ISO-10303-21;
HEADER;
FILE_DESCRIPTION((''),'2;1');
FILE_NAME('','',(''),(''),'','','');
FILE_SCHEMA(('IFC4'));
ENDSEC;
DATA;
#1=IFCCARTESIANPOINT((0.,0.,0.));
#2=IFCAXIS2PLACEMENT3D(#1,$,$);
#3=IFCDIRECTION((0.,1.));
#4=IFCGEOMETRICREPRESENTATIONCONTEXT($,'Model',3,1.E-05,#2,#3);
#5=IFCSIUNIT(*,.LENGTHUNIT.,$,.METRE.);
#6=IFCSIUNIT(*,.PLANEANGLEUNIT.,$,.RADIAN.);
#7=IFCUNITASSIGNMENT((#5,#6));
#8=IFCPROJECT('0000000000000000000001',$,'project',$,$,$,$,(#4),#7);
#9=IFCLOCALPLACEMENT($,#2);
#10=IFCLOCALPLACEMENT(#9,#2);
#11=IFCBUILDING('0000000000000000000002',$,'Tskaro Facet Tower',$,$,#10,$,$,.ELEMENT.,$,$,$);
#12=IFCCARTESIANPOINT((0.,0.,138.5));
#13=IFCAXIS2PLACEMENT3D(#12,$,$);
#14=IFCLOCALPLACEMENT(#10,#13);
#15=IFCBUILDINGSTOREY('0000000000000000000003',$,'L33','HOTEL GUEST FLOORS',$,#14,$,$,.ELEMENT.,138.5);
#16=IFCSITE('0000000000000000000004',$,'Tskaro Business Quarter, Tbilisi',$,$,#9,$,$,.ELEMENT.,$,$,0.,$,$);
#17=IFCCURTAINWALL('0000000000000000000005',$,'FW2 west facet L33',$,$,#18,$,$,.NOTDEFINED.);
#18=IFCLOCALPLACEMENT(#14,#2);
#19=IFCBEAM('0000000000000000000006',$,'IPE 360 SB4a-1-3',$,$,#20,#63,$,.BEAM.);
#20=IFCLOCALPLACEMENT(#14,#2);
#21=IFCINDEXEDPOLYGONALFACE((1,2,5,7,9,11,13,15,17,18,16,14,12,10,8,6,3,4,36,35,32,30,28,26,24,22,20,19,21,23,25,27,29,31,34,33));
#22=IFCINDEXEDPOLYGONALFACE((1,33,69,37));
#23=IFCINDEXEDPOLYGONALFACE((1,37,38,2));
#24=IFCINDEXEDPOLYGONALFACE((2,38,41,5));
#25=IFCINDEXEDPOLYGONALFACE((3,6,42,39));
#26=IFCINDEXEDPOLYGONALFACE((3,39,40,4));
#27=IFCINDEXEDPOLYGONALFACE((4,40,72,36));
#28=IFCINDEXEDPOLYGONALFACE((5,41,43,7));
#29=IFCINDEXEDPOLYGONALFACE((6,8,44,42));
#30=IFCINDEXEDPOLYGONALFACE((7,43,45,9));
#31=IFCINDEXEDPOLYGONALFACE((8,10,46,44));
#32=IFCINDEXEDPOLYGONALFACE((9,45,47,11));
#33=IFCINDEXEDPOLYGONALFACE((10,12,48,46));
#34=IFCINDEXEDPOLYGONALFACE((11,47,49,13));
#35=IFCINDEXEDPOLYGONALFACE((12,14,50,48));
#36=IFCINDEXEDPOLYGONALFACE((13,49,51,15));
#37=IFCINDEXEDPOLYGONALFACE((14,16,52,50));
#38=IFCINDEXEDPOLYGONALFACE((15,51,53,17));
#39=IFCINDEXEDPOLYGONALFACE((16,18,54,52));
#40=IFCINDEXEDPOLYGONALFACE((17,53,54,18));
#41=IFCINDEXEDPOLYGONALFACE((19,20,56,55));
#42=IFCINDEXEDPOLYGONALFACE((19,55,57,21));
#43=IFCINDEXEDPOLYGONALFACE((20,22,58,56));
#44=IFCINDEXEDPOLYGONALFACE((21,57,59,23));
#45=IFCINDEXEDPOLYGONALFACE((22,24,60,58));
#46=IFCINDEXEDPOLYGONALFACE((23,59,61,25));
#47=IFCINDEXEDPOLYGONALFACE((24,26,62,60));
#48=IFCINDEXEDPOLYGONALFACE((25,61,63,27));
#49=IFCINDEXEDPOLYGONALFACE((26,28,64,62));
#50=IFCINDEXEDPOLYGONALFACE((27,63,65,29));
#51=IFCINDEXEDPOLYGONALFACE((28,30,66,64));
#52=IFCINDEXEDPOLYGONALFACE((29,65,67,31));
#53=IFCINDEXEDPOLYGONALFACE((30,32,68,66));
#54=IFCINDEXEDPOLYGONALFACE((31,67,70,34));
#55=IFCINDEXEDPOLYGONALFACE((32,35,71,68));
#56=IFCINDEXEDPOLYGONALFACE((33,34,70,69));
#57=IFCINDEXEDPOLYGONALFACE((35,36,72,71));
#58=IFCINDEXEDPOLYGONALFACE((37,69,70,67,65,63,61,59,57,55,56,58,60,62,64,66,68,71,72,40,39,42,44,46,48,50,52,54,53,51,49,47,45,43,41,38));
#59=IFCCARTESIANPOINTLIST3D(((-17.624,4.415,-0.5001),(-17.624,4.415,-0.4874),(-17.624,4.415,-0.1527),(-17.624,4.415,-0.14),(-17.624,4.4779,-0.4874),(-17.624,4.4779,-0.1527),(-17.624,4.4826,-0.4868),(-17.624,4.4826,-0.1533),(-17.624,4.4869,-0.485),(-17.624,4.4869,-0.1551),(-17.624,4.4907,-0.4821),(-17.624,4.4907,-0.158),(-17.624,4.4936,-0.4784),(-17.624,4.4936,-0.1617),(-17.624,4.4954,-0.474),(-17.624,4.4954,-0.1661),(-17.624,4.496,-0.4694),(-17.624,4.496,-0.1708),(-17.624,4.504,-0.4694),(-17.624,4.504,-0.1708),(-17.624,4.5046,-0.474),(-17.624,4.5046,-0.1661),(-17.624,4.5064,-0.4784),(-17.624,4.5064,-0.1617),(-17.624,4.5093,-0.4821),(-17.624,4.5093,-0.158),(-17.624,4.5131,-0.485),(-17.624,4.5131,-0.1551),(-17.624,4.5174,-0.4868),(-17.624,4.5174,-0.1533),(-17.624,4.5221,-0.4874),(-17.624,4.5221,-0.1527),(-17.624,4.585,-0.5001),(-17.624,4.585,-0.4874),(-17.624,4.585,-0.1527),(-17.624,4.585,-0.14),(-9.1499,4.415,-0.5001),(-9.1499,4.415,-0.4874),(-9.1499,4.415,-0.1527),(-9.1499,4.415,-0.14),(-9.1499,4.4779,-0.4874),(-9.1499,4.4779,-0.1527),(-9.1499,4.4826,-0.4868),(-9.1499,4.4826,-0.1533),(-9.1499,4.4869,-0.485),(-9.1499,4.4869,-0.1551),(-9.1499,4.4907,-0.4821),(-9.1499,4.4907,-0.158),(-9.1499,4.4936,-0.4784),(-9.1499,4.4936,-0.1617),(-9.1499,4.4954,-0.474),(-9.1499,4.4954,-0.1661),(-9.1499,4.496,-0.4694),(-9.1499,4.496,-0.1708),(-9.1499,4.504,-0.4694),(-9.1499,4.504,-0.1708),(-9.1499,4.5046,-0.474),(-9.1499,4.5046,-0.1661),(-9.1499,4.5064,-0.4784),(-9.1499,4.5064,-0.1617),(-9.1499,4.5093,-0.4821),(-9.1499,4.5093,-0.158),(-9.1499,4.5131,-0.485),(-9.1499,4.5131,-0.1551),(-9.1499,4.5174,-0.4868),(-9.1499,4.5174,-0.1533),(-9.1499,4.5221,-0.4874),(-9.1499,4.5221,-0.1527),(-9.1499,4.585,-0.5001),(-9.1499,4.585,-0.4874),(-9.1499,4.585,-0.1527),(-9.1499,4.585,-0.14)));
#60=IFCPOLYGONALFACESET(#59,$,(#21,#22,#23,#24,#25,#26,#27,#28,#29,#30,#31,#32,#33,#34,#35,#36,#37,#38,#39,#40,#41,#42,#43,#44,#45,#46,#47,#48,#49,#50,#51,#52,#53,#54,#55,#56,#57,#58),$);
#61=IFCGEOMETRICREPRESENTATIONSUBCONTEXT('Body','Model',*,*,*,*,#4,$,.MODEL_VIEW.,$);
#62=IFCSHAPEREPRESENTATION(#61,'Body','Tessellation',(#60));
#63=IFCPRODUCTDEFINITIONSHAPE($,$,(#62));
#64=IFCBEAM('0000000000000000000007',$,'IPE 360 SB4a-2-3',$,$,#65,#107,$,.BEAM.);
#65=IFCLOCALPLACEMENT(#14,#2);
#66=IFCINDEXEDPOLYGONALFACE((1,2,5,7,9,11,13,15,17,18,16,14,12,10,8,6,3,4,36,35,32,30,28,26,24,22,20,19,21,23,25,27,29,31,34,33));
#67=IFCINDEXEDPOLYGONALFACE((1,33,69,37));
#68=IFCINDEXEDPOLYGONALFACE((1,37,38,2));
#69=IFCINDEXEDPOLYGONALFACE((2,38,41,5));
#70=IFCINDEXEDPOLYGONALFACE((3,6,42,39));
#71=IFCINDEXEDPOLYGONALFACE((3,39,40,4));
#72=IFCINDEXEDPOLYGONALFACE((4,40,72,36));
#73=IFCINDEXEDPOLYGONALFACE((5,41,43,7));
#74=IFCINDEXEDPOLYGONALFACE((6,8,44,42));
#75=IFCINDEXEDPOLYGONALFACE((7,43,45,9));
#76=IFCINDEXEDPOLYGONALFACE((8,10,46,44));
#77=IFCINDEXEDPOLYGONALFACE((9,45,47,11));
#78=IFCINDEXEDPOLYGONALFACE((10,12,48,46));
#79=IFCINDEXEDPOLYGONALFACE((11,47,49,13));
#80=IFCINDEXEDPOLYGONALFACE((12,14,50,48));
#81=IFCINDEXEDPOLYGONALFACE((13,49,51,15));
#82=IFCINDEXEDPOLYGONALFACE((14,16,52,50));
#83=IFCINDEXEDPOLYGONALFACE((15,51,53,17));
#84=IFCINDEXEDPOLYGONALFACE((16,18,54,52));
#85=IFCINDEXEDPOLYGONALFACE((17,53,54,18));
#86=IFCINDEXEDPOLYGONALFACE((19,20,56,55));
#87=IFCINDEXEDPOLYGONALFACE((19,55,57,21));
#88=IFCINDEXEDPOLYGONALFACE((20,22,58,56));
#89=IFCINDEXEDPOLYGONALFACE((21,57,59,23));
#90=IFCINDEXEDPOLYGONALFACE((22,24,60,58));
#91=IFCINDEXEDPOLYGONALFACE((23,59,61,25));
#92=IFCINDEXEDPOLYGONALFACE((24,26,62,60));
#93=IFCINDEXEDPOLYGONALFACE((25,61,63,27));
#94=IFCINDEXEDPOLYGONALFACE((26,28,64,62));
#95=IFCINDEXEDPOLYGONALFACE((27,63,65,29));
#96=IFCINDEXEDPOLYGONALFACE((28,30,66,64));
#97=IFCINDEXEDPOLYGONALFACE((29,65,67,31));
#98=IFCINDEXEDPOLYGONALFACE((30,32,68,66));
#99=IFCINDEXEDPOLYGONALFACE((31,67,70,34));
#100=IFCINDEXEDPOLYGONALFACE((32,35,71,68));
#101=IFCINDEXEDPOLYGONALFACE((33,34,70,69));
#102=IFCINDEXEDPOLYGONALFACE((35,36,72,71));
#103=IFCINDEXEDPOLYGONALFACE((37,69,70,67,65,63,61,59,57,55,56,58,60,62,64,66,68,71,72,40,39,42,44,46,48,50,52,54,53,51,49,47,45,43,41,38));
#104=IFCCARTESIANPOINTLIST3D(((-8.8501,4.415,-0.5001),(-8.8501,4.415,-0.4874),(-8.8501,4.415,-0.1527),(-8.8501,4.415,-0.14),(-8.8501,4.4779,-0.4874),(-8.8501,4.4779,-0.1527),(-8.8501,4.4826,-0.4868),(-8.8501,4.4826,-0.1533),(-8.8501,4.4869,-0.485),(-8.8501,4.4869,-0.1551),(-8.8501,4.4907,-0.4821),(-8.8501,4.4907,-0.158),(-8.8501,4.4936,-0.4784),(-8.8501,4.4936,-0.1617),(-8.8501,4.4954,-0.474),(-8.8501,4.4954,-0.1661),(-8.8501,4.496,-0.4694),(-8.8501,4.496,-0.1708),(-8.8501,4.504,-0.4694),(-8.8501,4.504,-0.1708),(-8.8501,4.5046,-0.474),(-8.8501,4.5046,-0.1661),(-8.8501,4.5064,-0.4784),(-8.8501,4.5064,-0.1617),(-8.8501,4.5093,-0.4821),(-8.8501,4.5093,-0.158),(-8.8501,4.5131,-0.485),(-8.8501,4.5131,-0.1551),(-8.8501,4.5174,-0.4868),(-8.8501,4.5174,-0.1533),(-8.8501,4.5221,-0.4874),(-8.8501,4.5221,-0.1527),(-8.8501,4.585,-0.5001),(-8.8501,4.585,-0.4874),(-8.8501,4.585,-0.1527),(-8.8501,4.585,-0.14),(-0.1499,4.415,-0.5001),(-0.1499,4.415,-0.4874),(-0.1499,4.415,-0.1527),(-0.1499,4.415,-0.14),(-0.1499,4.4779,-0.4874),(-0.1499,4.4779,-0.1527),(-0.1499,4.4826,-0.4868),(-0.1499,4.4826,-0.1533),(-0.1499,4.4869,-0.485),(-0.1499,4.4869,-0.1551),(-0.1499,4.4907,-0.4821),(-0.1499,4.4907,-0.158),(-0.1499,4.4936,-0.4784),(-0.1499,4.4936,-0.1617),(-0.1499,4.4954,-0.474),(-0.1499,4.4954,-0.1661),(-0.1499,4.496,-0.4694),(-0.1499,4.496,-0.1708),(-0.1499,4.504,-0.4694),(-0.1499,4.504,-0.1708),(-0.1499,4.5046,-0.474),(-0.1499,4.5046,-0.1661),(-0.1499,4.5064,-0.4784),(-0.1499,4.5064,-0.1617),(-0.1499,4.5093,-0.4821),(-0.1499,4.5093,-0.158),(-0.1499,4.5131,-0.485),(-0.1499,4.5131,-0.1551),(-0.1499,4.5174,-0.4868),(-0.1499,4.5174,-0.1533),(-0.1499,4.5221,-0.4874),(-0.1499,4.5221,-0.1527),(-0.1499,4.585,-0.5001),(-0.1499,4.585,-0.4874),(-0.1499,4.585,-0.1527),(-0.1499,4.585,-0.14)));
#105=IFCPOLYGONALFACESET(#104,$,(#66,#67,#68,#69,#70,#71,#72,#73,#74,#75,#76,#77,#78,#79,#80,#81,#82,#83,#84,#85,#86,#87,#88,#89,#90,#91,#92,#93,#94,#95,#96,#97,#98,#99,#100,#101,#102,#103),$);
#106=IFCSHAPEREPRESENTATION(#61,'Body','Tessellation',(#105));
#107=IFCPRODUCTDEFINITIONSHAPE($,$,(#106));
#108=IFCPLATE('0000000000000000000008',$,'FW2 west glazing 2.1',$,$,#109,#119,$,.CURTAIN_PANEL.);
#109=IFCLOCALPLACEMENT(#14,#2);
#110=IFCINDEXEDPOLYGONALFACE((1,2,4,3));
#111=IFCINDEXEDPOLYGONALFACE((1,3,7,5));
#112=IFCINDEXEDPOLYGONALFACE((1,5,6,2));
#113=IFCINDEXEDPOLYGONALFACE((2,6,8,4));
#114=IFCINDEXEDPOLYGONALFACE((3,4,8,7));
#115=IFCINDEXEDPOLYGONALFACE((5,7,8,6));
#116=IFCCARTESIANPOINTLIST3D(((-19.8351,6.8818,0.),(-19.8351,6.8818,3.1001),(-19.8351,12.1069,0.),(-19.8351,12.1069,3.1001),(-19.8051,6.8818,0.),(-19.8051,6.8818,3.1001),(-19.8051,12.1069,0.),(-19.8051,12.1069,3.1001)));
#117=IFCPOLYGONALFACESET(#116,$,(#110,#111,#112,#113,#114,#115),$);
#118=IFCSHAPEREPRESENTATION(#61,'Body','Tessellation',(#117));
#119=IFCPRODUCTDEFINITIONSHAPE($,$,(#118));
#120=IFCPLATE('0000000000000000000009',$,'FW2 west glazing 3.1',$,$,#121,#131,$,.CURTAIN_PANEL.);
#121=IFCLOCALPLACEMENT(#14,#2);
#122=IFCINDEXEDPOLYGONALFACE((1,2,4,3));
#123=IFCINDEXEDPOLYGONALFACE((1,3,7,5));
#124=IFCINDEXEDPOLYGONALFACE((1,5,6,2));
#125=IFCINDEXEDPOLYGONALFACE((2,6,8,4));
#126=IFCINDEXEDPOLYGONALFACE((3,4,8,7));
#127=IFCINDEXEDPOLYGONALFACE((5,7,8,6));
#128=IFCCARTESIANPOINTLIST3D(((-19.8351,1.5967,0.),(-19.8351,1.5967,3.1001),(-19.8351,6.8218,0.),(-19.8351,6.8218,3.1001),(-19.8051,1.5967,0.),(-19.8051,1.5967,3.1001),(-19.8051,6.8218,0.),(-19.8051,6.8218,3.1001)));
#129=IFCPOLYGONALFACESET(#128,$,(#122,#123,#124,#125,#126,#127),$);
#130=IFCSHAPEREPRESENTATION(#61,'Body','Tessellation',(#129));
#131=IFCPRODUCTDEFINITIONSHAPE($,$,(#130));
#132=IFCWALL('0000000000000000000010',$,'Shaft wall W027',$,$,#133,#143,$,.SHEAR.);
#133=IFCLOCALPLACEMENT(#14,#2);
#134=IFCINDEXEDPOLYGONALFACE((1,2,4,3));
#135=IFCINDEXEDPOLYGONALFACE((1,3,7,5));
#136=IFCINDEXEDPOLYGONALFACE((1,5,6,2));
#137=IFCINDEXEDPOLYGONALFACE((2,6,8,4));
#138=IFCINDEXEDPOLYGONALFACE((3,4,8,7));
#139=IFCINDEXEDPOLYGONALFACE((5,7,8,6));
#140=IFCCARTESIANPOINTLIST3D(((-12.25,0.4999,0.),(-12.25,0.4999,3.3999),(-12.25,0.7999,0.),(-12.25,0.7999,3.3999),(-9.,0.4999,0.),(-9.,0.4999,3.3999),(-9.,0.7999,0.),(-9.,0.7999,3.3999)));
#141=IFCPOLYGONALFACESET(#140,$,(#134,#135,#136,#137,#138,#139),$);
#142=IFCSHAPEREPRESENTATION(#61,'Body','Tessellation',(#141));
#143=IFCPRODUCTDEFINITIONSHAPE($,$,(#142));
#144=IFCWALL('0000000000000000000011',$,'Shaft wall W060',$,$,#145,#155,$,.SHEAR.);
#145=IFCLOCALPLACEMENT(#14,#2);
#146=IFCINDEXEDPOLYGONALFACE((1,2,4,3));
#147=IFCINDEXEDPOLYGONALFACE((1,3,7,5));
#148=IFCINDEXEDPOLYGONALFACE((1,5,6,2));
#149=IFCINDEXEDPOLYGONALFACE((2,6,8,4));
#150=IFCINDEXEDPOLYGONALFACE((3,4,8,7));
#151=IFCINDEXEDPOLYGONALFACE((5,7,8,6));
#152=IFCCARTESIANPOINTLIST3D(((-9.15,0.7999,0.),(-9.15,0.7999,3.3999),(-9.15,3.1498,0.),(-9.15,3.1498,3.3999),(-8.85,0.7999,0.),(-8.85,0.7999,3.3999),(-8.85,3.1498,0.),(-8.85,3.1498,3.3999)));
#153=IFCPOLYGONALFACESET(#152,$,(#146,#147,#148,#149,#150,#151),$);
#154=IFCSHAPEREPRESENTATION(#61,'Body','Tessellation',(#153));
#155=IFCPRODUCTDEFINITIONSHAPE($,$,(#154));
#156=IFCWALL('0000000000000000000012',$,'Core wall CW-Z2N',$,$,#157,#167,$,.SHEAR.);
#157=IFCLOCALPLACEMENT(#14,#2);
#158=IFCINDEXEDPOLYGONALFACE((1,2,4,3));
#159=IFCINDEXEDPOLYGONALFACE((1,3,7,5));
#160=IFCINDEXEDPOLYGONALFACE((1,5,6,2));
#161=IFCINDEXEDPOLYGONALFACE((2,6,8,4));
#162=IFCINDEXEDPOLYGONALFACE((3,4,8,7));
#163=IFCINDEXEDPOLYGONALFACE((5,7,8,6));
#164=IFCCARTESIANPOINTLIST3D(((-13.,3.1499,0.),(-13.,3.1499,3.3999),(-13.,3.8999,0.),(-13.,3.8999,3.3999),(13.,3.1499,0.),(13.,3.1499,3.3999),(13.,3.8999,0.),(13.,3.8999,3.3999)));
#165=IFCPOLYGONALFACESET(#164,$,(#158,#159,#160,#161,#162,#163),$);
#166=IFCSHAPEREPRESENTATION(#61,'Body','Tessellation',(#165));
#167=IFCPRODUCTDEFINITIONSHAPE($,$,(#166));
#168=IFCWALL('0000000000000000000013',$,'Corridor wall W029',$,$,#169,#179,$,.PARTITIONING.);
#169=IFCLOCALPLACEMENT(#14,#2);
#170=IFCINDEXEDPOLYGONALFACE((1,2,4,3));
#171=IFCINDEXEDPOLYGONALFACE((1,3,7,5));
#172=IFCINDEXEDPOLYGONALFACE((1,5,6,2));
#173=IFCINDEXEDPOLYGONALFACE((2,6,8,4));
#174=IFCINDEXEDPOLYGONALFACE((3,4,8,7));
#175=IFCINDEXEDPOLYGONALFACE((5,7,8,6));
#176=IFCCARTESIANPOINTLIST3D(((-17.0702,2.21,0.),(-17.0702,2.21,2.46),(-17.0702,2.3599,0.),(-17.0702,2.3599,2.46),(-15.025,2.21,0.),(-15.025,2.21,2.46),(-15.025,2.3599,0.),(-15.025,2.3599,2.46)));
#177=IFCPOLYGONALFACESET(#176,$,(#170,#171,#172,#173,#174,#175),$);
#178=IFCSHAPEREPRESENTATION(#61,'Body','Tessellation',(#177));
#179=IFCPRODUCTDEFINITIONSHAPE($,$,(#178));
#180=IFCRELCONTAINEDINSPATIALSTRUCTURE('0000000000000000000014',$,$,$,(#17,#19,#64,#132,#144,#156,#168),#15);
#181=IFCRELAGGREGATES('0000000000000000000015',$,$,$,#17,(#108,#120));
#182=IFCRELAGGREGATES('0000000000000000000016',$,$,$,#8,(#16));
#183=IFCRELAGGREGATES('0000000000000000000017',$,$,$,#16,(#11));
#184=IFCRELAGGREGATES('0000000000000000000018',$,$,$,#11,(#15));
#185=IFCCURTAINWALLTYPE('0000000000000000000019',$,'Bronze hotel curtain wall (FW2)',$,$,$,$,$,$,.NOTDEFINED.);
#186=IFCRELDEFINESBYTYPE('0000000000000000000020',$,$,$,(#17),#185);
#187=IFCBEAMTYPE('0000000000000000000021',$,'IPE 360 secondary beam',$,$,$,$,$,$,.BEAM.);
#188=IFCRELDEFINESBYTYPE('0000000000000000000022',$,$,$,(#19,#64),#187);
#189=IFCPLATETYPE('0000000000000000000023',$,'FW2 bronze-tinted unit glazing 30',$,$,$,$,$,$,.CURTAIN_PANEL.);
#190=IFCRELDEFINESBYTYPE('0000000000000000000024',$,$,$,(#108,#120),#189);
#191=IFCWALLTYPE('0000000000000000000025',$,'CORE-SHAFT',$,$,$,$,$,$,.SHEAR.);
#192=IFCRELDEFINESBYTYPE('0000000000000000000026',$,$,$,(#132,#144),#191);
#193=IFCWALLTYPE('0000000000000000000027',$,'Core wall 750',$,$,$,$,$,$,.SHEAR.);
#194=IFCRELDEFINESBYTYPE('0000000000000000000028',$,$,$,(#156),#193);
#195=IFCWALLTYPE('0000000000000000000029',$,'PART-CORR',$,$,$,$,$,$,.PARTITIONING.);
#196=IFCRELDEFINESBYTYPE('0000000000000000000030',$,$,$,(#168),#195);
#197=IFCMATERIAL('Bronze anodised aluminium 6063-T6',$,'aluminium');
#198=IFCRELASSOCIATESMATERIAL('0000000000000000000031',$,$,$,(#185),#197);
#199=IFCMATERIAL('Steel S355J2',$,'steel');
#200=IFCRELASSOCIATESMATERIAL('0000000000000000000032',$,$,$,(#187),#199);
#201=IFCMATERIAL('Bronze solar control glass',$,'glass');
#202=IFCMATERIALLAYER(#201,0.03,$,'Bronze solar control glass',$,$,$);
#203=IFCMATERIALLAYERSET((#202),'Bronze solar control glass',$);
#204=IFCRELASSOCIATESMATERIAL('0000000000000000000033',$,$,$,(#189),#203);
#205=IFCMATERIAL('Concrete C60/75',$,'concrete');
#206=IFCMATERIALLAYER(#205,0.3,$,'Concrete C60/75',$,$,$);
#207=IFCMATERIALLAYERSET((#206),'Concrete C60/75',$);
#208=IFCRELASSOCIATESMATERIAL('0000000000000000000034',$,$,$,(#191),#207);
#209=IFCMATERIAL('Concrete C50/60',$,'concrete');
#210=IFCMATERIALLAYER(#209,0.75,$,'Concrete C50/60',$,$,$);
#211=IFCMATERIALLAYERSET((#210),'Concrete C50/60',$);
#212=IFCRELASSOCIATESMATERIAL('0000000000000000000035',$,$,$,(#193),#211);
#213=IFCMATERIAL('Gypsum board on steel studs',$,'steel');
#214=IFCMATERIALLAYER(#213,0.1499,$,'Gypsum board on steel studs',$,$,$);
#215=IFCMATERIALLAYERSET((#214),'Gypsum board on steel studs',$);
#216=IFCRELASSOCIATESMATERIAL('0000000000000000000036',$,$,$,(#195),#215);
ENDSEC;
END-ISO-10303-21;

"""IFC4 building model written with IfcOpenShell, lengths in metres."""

from ifc_helpers import new_model, si_unit, direction, frame, frame_2d, origin, origin_2d, place, context, subcontext, project, spatial, rectangle, i_section, extrude, material, layer, layer_set, material_profile, profile_set, type_object, element, aggregate, save


model = new_model("IFC4")

# Units and contexts
model_context = context("Model", 3, precision=1e-05, world=origin(), true_north=direction((0.0, 1.0)))
body_context = subcontext(model_context, "Body", "Model", "MODEL_VIEW")
ifc_project = project(units=[si_unit("LENGTHUNIT", "METRE"), si_unit("PLANEANGLEUNIT", "RADIAN")], contexts=[model_context])

# Site, building, storey
site_placement = place(None, origin())
site = spatial("IfcSite", under=ifc_project, at=site_placement, Name="Tskaro Business Quarter, Tbilisi", CompositionType="ELEMENT", RefElevation=0.0)
building_placement = place(site_placement, origin())
building = spatial("IfcBuilding", under=site, at=building_placement, Name="Tskaro Facet Tower", CompositionType="ELEMENT")
storey_placement = place(building_placement, frame((0.0, 0.0, 138.5)))
storey = spatial("IfcBuildingStorey", under=building, at=storey_placement, Name="L33", Description="HOTEL GUEST FLOORS", CompositionType="ELEMENT", Elevation=138.5)

# Curtain wall
ifc_material_1 = material(Name="Bronze anodised aluminium 6063-T6", Category="aluminium")
curtain_wall_type = type_object("IfcCurtainWallType", Name="Bronze hotel curtain wall (FW2)", PredefinedType="NOTDEFINED", material=ifc_material_1)
curtain_wall_placement = place(storey_placement, origin())
curtain_wall = element("IfcCurtainWall", 1, at=curtain_wall_placement, inside=storey, type_object=curtain_wall_type, Name="FW2 west facet L33", PredefinedType="NOTDEFINED")

# Beams
ifc_material_2 = material(Name="Steel S355J2", Category="steel")
ifc_material_profile_1 = material_profile(ifc_material_2, i_section(OverallWidth=0.1699, OverallDepth=0.3601, WebThickness=0.0081, FlangeThickness=0.0127, FilletRadius=0.0181, at=origin_2d()), Name="IPE 360")
ifc_profile_set_1 = profile_set([ifc_material_profile_1], Name="Steel S355J2")
beam_type_1 = type_object("IfcBeamType", Name="IPE 360 secondary beam", PredefinedType="BEAM", material=ifc_profile_set_1)
beam_1_placement = place(storey_placement, frame((-17.624, 4.5, -0.3201), z_axis=(1.0, 0.0, 0.0), x_axis=(0.0, 1.0, 0.0)))
element("IfcBeam", 2, at=beam_1_placement, inside=storey, type_object=beam_type_1, Name="IPE 360 SB4a-1-3", PredefinedType="BEAM", context=body_context, shape_type="SweptSolid", body=[
    extrude(i_section(OverallWidth=0.1699, OverallDepth=0.3601, WebThickness=0.0081, FlangeThickness=0.0127, FilletRadius=0.0181, at=origin_2d()), origin(), (0.0, 0.0, 1.0), 8.4741),
])
beam_2_placement = place(storey_placement, frame((-8.8501, 4.5, -0.3201), z_axis=(1.0, 0.0, 0.0), x_axis=(0.0, 1.0, 0.0)))
element("IfcBeam", 3, at=beam_2_placement, inside=storey, type_object=beam_type_1, Name="IPE 360 SB4a-2-3", PredefinedType="BEAM", context=body_context, shape_type="SweptSolid", body=[
    extrude(i_section(OverallWidth=0.1699, OverallDepth=0.3601, WebThickness=0.0081, FlangeThickness=0.0127, FilletRadius=0.0181, at=origin_2d()), origin(), (0.0, 0.0, 1.0), 8.7002),
])

# Plates
ifc_material_3 = material(Name="Bronze solar control glass", Category="glass")
ifc_layer_1 = layer(ifc_material_3, 0.03, Name="Bronze solar control glass")
ifc_layer_set_1 = layer_set([ifc_layer_1], Name="Bronze solar control glass")
plate_type = type_object("IfcPlateType", Name="FW2 bronze-tinted unit glazing 30", PredefinedType="CURTAIN_PANEL", material=ifc_layer_set_1)
plate_1_placement = place(storey_placement, frame((-19.8201, 9.4944, 0.0), z_axis=(0.0, 0.0, 1.0), x_axis=(0.0, -1.0, 0.0)))
plate_1 = element("IfcPlate", 4, at=plate_1_placement, type_object=plate_type, Name="FW2 west glazing 2.1", PredefinedType="CURTAIN_PANEL", context=body_context, shape_type="SweptSolid", body=[
    extrude(rectangle(XDim=5.2251, YDim=0.03, at=origin_2d()), origin(), (0.0, 0.0, 1.0), 3.1001),
])
plate_2_placement = place(storey_placement, frame((-19.8201, 4.2092, 0.0), z_axis=(0.0, 0.0, 1.0), x_axis=(0.0, -1.0, 0.0)))
plate_2 = element("IfcPlate", 5, at=plate_2_placement, type_object=plate_type, Name="FW2 west glazing 3.1", PredefinedType="CURTAIN_PANEL", context=body_context, shape_type="SweptSolid", body=[
    extrude(rectangle(XDim=5.2251, YDim=0.03, at=origin_2d()), origin(), (0.0, 0.0, 1.0), 3.1001),
])
aggregate(curtain_wall, [plate_1, plate_2])

# Walls
ifc_material_4 = material(Name="Concrete C60/75", Category="concrete")
ifc_layer_2 = layer(ifc_material_4, 0.3, Name="Concrete C60/75")
ifc_layer_set_2 = layer_set([ifc_layer_2], Name="Concrete C60/75")
wall_type_1 = type_object("IfcWallType", Name="CORE-SHAFT", PredefinedType="SHEAR", material=ifc_layer_set_2)
wall_1_placement = place(storey_placement, frame((-9.0, 0.6499, 0.0), z_axis=(0.0, 0.0, 1.0), x_axis=(-1.0, 0.0, 0.0)))
element("IfcWall", 6, at=wall_1_placement, inside=storey, type_object=wall_type_1, Name="Shaft wall W027", PredefinedType="SHEAR", context=body_context, shape_type="SweptSolid", body=[
    extrude(rectangle(XDim=3.25, YDim=0.3, at=frame_2d((1.625, 0.0))), origin(), (0.0, 0.0, 1.0), 3.3999),
])
wall_2_placement = place(storey_placement, frame((-9.0, 0.8, 0.0), z_axis=(0.0, 0.0, 1.0), x_axis=(0.0, 1.0, 0.0)))
element("IfcWall", 7, at=wall_2_placement, inside=storey, type_object=wall_type_1, Name="Shaft wall W060", PredefinedType="SHEAR", context=body_context, shape_type="SweptSolid", body=[
    extrude(rectangle(XDim=2.3499, YDim=0.3, at=frame_2d((1.1748, 0.0))), origin(), (0.0, 0.0, 1.0), 3.3999),
])
ifc_material_5 = material(Name="Concrete C50/60", Category="concrete")
ifc_layer_3 = layer(ifc_material_5, 0.75, Name="Concrete C50/60")
ifc_layer_set_3 = layer_set([ifc_layer_3], Name="Concrete C50/60")
wall_type_2 = type_object("IfcWallType", Name="Core wall 750", PredefinedType="SHEAR", material=ifc_layer_set_3)
wall_3_placement = place(storey_placement, frame((-13.0, 3.5249, 0.0), z_axis=(0.0, 0.0, 1.0), x_axis=(1.0, 0.0, 0.0)))
element("IfcWall", 8, at=wall_3_placement, inside=storey, type_object=wall_type_2, Name="Core wall CW-Z2N", PredefinedType="SHEAR", context=body_context, shape_type="SweptSolid", body=[
    extrude(rectangle(XDim=26.0, YDim=0.75, at=frame_2d((13.0, 0.0))), origin(), (0.0, 0.0, 1.0), 3.3999),
])
ifc_material_6 = material(Name="Gypsum board on steel studs", Category="steel")
ifc_layer_4 = layer(ifc_material_6, 0.1499, Name="Gypsum board on steel studs")
ifc_layer_set_4 = layer_set([ifc_layer_4], Name="Gypsum board on steel studs")
wall_type_3 = type_object("IfcWallType", Name="PART-CORR", PredefinedType="PARTITIONING", material=ifc_layer_set_4)
wall_4_placement = place(storey_placement, frame((-17.0701, 2.2849, 0.0), z_axis=(0.0, 0.0, 1.0), x_axis=(1.0, 0.0, 0.0)))
element("IfcWall", 9, at=wall_4_placement, inside=storey, type_object=wall_type_3, Name="Corridor wall W029", PredefinedType="PARTITIONING", context=body_context, shape_type="SweptSolid", body=[
    extrude(rectangle(XDim=2.0452, YDim=0.1499, at=frame_2d((1.0225, 0.0))), origin(), (0.0, 0.0, 1.0), 2.46),
])

save(model, "model.ifc")
